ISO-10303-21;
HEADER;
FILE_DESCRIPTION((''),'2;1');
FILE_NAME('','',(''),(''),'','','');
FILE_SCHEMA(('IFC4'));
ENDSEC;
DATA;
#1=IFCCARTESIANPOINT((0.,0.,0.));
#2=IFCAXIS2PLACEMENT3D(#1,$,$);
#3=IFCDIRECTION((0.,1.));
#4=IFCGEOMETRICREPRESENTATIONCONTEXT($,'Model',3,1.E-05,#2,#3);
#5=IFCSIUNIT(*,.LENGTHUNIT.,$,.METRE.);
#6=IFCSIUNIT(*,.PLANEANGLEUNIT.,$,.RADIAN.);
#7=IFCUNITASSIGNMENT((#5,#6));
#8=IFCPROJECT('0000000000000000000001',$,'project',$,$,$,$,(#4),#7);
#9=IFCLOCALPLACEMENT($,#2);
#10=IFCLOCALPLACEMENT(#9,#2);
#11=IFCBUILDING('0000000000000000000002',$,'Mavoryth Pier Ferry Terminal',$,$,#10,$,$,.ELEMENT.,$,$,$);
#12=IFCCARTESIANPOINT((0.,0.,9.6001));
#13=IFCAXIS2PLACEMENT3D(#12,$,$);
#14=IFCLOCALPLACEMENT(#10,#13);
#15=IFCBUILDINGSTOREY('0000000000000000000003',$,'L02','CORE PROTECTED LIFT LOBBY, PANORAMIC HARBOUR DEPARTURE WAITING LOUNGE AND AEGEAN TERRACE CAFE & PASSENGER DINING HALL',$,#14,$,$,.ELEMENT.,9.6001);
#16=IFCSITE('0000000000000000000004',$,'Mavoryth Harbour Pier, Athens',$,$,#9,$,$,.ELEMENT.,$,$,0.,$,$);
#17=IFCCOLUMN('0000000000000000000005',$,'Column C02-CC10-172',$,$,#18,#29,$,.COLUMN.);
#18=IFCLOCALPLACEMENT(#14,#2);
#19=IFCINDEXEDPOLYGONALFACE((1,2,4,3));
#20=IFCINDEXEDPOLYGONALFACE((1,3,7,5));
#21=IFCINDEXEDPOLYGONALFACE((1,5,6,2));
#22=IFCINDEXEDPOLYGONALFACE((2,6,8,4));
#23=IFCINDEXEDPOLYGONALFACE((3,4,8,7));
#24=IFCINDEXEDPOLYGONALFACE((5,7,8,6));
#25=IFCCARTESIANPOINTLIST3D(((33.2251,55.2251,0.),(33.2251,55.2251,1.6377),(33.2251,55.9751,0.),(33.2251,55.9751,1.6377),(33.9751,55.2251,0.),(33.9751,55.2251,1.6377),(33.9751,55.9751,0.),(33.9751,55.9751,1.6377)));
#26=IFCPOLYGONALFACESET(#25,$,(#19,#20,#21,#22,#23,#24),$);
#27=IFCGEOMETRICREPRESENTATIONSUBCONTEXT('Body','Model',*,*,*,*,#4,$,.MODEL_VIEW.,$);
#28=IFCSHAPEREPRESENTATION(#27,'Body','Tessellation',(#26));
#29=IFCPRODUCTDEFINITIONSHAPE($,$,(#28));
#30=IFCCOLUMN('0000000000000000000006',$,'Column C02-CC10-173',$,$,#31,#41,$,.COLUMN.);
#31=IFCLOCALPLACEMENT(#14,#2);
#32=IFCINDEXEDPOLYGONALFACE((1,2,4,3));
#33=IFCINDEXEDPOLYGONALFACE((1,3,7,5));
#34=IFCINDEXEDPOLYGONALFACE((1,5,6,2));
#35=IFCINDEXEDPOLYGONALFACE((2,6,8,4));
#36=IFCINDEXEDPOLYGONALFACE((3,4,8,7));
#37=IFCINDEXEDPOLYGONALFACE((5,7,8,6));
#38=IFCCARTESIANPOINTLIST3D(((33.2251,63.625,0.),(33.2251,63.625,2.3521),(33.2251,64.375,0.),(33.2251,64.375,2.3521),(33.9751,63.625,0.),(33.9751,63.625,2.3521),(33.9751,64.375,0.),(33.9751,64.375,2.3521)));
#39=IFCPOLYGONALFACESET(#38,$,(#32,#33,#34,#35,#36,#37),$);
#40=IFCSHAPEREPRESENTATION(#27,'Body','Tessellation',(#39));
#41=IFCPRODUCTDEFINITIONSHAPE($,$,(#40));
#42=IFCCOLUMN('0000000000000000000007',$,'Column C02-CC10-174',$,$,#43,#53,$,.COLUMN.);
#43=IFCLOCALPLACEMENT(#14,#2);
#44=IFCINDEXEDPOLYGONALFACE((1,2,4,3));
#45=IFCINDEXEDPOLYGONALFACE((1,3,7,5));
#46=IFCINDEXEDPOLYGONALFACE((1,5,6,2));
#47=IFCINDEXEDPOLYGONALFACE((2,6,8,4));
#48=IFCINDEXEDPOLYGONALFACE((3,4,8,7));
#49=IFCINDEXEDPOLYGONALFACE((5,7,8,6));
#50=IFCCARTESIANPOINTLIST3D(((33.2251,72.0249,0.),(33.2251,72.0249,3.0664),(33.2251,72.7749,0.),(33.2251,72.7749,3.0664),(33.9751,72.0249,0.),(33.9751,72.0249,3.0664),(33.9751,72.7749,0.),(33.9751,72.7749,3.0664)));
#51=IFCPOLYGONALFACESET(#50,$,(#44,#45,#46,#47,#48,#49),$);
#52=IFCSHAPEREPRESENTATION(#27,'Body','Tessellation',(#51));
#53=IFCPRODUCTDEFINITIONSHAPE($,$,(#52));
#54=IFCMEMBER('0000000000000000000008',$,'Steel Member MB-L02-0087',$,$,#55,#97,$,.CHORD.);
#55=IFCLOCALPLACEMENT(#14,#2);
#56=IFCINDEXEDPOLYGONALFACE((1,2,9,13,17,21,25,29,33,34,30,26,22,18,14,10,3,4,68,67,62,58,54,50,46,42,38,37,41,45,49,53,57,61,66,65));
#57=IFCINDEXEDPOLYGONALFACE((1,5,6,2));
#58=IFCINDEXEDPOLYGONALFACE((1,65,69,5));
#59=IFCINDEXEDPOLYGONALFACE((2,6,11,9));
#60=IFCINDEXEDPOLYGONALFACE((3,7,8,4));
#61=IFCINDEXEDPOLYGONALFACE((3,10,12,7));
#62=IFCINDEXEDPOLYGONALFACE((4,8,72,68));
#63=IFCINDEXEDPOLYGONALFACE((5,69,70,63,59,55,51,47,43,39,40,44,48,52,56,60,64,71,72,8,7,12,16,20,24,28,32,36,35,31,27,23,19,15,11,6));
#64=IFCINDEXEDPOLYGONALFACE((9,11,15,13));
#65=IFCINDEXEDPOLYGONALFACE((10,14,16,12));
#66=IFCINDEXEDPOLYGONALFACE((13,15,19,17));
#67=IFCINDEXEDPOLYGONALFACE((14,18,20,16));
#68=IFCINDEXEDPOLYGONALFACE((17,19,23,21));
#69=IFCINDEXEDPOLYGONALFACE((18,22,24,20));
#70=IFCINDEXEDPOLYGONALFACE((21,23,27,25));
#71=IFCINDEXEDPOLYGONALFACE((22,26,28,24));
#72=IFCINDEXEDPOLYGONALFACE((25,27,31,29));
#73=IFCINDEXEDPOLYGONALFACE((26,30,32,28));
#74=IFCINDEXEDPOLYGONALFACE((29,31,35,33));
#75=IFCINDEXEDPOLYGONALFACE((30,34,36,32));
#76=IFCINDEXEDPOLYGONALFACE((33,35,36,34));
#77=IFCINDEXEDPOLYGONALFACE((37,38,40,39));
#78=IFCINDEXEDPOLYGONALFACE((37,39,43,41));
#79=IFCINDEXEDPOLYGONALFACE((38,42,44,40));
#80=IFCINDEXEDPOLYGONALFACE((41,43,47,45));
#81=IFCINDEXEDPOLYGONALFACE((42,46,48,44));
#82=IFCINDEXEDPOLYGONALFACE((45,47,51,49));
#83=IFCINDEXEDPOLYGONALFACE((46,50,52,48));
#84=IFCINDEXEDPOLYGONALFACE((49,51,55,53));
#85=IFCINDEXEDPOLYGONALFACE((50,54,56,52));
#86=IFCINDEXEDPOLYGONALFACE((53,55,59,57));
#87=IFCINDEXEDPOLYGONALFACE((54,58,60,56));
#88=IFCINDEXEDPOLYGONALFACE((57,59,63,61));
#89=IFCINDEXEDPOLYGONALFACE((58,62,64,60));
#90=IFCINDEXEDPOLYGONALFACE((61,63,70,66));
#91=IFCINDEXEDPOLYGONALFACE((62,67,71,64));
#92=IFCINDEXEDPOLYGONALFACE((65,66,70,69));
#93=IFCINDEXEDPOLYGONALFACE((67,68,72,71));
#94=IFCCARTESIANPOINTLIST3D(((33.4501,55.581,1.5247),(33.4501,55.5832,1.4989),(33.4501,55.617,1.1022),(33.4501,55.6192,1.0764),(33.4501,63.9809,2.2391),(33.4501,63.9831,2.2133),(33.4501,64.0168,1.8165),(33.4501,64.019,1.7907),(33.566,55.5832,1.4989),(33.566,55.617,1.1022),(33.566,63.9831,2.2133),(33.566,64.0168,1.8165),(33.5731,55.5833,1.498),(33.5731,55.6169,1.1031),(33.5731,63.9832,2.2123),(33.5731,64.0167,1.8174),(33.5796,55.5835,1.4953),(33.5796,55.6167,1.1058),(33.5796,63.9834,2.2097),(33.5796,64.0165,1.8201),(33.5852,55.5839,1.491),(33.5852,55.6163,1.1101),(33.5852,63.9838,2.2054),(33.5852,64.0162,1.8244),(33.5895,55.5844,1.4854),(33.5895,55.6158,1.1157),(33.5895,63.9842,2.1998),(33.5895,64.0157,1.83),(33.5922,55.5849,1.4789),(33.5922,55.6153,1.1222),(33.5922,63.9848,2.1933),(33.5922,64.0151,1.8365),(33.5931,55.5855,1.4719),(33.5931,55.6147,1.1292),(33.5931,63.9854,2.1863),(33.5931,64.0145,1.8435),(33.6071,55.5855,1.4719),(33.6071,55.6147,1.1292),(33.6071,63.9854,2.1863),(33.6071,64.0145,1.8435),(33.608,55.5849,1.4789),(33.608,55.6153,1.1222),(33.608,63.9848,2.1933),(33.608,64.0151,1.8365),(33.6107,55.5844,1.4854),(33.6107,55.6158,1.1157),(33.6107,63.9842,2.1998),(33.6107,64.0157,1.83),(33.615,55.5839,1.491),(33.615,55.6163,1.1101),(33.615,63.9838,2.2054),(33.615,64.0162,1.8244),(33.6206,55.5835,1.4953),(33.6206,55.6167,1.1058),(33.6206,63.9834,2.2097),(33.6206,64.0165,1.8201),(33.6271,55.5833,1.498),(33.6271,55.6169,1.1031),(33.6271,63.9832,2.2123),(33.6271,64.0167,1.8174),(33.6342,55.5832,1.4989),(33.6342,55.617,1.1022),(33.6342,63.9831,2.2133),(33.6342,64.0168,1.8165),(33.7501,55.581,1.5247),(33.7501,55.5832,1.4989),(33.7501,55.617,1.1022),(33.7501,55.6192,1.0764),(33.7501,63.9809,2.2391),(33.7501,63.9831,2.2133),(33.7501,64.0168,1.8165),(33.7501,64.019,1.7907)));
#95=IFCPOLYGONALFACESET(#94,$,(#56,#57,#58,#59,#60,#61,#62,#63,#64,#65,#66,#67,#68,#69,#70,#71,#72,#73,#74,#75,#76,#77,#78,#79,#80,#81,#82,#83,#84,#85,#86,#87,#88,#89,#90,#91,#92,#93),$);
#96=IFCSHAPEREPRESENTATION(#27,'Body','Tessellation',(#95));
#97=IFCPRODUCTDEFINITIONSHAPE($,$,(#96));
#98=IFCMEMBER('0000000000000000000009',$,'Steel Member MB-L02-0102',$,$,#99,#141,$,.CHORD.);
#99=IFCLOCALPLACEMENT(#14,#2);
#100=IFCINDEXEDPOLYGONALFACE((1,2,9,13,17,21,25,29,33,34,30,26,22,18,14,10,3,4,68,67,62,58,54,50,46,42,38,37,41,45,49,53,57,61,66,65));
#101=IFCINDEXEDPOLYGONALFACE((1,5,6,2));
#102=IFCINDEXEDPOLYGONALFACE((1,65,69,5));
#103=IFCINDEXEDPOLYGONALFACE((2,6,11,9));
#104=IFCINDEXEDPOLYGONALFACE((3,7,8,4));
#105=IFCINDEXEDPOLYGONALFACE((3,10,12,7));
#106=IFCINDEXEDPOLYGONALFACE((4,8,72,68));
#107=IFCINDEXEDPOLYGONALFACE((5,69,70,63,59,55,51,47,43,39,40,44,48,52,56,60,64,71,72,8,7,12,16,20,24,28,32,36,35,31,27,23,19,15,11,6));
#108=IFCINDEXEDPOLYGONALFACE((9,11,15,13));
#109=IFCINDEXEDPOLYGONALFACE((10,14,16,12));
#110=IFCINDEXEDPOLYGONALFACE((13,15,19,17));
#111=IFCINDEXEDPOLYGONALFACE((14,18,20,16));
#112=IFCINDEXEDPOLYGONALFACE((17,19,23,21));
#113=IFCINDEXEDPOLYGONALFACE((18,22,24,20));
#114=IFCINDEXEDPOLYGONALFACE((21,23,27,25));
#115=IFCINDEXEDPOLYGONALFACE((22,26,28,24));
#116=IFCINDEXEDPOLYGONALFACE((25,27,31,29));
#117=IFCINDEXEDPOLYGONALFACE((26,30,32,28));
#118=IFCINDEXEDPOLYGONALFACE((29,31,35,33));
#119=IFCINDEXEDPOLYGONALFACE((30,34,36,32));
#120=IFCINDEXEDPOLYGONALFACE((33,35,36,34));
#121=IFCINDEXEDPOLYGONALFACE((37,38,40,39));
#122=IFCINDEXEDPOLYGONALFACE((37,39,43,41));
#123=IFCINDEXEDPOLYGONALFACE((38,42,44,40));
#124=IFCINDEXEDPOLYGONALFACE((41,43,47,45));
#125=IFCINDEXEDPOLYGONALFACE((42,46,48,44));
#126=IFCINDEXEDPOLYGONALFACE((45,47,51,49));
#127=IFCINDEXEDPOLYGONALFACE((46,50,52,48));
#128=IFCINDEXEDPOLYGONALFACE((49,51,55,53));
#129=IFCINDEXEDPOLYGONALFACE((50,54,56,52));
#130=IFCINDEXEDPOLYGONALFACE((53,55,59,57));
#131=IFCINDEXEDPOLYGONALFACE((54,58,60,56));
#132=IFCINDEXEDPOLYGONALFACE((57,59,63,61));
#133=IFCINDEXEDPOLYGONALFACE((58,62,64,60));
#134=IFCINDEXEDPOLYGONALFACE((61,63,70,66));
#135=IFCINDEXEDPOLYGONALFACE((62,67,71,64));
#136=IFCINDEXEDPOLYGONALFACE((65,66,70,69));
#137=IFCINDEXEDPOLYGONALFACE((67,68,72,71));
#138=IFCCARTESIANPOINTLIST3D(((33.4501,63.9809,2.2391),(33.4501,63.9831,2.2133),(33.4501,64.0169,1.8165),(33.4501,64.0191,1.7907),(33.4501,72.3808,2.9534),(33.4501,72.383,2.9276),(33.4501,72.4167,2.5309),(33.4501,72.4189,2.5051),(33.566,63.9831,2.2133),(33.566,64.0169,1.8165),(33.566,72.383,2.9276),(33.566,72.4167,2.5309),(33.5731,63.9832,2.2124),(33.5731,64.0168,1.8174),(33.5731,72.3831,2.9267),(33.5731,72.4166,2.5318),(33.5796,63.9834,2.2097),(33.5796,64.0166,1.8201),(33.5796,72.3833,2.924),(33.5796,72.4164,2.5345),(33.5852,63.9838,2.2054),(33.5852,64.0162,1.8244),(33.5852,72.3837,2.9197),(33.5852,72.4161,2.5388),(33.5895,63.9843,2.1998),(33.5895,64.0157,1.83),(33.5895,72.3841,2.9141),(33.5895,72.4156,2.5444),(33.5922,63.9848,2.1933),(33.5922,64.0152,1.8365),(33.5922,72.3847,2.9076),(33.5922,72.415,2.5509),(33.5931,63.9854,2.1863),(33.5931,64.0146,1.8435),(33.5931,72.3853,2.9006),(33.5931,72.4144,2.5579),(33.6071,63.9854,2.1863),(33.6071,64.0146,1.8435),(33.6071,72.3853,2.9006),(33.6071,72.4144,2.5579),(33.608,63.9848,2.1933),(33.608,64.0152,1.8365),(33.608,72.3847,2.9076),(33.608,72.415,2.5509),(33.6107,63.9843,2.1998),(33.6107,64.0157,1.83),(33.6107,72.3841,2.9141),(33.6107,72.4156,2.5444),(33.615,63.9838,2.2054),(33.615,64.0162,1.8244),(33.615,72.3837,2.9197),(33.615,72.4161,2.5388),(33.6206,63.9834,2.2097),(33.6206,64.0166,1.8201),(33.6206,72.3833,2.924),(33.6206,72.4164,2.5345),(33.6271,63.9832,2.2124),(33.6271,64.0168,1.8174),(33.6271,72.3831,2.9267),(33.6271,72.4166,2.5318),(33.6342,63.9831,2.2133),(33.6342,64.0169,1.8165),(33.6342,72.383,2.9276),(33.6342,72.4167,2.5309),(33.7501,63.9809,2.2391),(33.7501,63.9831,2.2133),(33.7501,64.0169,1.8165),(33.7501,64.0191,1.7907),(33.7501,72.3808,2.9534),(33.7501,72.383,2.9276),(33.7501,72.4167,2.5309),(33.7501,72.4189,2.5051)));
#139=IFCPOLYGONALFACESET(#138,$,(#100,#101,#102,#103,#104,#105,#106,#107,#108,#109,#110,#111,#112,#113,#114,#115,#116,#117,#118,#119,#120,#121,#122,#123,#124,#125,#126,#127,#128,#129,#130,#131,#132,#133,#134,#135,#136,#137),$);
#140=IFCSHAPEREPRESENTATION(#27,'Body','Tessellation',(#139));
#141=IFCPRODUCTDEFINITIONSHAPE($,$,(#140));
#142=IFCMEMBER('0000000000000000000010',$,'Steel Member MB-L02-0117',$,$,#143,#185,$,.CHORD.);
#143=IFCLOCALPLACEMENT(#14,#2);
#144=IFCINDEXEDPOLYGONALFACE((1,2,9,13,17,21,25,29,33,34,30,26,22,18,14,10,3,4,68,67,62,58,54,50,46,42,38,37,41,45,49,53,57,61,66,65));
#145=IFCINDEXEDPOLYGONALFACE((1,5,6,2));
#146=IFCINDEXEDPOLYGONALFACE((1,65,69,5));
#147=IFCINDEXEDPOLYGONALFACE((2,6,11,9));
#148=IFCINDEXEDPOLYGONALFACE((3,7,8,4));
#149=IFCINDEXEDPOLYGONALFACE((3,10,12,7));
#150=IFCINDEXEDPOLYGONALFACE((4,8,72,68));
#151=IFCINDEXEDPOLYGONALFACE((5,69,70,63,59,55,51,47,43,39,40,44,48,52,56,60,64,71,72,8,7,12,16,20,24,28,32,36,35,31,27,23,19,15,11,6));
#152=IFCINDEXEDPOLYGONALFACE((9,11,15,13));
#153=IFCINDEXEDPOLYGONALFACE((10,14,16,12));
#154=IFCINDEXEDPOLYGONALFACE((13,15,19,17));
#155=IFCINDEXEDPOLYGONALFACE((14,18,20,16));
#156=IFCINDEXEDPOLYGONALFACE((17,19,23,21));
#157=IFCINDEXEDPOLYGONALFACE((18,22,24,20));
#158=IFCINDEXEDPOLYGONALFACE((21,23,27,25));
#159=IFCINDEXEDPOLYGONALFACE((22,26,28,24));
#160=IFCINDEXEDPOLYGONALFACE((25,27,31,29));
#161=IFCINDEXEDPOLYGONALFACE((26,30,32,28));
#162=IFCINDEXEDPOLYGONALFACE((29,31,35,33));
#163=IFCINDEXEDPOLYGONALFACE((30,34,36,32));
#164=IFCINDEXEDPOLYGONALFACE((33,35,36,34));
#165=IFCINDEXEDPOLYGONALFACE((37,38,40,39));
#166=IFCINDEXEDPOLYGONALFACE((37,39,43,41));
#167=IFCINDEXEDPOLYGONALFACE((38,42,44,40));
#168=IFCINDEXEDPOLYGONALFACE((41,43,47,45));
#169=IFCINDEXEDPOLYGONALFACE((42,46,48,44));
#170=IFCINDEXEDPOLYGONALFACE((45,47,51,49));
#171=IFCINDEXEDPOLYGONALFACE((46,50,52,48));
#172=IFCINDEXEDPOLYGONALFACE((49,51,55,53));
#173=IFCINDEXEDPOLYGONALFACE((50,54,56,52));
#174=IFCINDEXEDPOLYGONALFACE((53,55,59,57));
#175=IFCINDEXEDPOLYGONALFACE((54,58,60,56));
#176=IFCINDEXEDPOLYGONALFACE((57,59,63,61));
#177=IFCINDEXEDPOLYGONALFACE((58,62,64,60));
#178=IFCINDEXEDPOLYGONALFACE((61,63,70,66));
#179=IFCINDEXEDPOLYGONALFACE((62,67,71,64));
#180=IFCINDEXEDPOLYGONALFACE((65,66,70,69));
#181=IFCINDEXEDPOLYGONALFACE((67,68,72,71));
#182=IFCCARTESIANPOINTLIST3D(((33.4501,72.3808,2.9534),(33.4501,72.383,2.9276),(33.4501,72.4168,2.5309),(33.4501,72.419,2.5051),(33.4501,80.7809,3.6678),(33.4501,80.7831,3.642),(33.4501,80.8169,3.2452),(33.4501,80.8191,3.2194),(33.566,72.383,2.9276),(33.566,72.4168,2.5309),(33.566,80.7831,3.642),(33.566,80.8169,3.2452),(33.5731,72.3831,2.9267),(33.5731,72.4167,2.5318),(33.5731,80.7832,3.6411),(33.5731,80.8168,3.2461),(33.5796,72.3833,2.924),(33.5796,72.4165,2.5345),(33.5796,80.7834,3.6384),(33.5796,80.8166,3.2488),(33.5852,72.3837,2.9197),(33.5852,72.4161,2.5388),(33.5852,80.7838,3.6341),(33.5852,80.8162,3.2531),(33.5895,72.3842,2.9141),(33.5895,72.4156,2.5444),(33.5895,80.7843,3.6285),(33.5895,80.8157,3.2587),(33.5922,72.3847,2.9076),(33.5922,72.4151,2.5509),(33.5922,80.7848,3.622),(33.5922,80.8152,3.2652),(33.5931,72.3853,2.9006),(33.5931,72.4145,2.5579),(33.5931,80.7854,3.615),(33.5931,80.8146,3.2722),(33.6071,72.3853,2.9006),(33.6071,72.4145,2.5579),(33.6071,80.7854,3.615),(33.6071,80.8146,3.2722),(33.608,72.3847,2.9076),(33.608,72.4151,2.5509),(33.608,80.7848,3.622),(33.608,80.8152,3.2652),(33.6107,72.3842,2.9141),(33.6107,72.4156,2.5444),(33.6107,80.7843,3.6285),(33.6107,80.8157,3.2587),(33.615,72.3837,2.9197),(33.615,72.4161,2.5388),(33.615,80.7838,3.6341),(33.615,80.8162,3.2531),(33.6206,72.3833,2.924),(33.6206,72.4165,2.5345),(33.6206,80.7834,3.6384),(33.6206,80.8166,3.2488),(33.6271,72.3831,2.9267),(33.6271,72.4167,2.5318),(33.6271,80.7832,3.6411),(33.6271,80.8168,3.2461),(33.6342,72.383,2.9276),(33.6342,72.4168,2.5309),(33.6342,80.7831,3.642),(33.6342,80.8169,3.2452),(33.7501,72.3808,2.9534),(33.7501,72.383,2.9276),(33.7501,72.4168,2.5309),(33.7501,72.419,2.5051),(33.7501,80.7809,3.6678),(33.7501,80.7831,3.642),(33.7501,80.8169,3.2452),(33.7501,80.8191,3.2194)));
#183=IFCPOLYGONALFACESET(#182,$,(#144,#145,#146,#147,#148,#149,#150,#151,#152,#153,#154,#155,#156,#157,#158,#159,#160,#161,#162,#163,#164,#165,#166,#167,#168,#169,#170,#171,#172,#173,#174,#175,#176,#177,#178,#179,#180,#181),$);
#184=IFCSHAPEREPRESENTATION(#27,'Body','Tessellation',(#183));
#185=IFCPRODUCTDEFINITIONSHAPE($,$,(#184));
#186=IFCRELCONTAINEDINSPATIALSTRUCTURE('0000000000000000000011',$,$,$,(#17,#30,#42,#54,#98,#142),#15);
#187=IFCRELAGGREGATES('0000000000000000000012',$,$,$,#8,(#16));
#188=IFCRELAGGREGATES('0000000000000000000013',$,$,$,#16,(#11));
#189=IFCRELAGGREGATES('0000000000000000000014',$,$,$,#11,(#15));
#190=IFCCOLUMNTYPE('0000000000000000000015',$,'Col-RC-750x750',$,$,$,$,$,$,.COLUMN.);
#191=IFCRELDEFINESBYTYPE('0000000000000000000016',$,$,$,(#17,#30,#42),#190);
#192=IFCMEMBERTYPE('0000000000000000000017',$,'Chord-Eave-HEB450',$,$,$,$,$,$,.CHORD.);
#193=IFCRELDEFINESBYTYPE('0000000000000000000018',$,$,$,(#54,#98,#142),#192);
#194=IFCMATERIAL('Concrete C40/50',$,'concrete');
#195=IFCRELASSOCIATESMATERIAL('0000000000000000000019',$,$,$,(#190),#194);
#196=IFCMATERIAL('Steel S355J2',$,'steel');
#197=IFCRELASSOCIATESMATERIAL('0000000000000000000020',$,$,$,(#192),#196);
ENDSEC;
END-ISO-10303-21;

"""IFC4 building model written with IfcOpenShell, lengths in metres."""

from ifc_helpers import new_model, si_unit, direction, frame, origin, origin_2d, place, context, subcontext, project, spatial, rectangle, i_section, extrude, material, material_profile, profile_set, type_object, element, save


model = new_model("IFC4")

# Units and contexts
model_context = context("Model", 3, precision=1e-05, world=origin(), true_north=direction((0.0, 1.0)))
body_context = subcontext(model_context, "Body", "Model", "MODEL_VIEW")
ifc_project = project(units=[si_unit("LENGTHUNIT", "METRE"), si_unit("PLANEANGLEUNIT", "RADIAN")], contexts=[model_context])

# Site, building, storey
site_placement = place(None, origin())
site = spatial("IfcSite", under=ifc_project, at=site_placement, Name="Mavoryth Harbour Pier, Athens", CompositionType="ELEMENT", RefElevation=0.0)
building_placement = place(site_placement, origin())
building = spatial("IfcBuilding", under=site, at=building_placement, Name="Mavoryth Pier Ferry Terminal", CompositionType="ELEMENT")
storey_placement = place(building_placement, frame((0.0, 0.0, 9.6001)))
storey = spatial("IfcBuildingStorey", under=building, at=storey_placement, Name="L02", Description="CORE PROTECTED LIFT LOBBY, PANORAMIC HARBOUR DEPARTURE WAITING LOUNGE AND AEGEAN TERRACE CAFE & PASSENGER DINING HALL", CompositionType="ELEMENT", Elevation=9.6001)

# Columns
ifc_material_1 = material(Name="Concrete C40/50", Category="concrete")
ifc_material_profile_1 = material_profile(ifc_material_1, rectangle(XDim=0.75, YDim=0.75, at=origin_2d()), Name="RC 750x750", Category="concrete")
ifc_profile_set_1 = profile_set([ifc_material_profile_1], Name="Concrete C40/50 - RC 750x750")
column_type = type_object("IfcColumnType", Name="Col-RC-750x750", PredefinedType="COLUMN", material=ifc_profile_set_1)
column_1_placement = place(storey_placement, frame((33.6001, 55.6001, 0.0), z_axis=(0.0, 0.0, 1.0), x_axis=(1.0, 0.0, 0.0)))
element("IfcColumn", 1, at=column_1_placement, inside=storey, type_object=column_type, Name="Column C02-CC10-172", PredefinedType="COLUMN", context=body_context, shape_type="SweptSolid", body=[
    extrude(rectangle(XDim=0.75, YDim=0.75, at=origin_2d()), origin(), (0.0, 0.0, 1.0), 1.6377),
])
column_2_placement = place(storey_placement, frame((33.6001, 64.0, 0.0), z_axis=(0.0, 0.0, 1.0), x_axis=(1.0, 0.0, 0.0)))
element("IfcColumn", 2, at=column_2_placement, inside=storey, type_object=column_type, Name="Column C02-CC10-173", PredefinedType="COLUMN", context=body_context, shape_type="SweptSolid", body=[
    extrude(rectangle(XDim=0.75, YDim=0.75, at=origin_2d()), origin(), (0.0, 0.0, 1.0), 2.3521),
])
column_3_placement = place(storey_placement, frame((33.6001, 72.3999, 0.0), z_axis=(0.0, 0.0, 1.0), x_axis=(1.0, 0.0, 0.0)))
element("IfcColumn", 3, at=column_3_placement, inside=storey, type_object=column_type, Name="Column C02-CC10-174", PredefinedType="COLUMN", context=body_context, shape_type="SweptSolid", body=[
    extrude(rectangle(XDim=0.75, YDim=0.75, at=origin_2d()), origin(), (0.0, 0.0, 1.0), 3.0664),
])

# Members
ifc_material_2 = material(Name="Steel S355J2", Category="steel")
ifc_material_profile_2 = material_profile(ifc_material_2, i_section(OverallWidth=0.3, OverallDepth=0.45, WebThickness=0.0139, FlangeThickness=0.0259, FilletRadius=0.0271, at=origin_2d()), Name="HEB 450", Category="steel")
ifc_profile_set_2 = profile_set([ifc_material_profile_2], Name="Steel S355J2 - HEB 450")
member_type_1 = type_object("IfcMemberType", Name="Chord-Eave-HEB450", PredefinedType="CHORD", material=ifc_profile_set_2)
for number, where, z_axis, x_axis, name in (
    (4, (33.6001, 55.6001, 1.3005), (0.0, 0.996403, 0.084737), (-1.0, 0.0, 0.0), "Steel Member MB-L02-0087"),
    (5, (33.6001, 64.0, 2.0149), (0.0, 0.996403, 0.084737), (-1.0, 0.0, 0.0), "Steel Member MB-L02-0102"),
):
    element("IfcMember", number, at=place(storey_placement, frame(where, z_axis=z_axis, x_axis=x_axis)), inside=storey, type_object=member_type_1, Name=name, PredefinedType="CHORD", context=body_context, shape_type="SweptSolid", body=[
        extrude(i_section(OverallWidth=0.3, OverallDepth=0.45, WebThickness=0.0139, FlangeThickness=0.0259, FilletRadius=0.0271, at=origin_2d()), origin(), (0.0, 0.0, 1.0), 8.4302),
    ])
member_1_placement = place(storey_placement, frame((33.6001, 72.3999, 2.7292), z_axis=(0.0, 0.996404, 0.084735), x_axis=(-1.0, 0.0, 0.0)))
element("IfcMember", 6, at=member_1_placement, inside=storey, type_object=member_type_1, Name="Steel Member MB-L02-0117", PredefinedType="CHORD", context=body_context, shape_type="SweptSolid", body=[
    extrude(i_section(OverallWidth=0.3, OverallDepth=0.45, WebThickness=0.0139, FlangeThickness=0.0259, FilletRadius=0.0271, at=origin_2d()), origin(), (0.0, 0.0, 1.0), 8.4304),
])

save(model, "model.ifc")
